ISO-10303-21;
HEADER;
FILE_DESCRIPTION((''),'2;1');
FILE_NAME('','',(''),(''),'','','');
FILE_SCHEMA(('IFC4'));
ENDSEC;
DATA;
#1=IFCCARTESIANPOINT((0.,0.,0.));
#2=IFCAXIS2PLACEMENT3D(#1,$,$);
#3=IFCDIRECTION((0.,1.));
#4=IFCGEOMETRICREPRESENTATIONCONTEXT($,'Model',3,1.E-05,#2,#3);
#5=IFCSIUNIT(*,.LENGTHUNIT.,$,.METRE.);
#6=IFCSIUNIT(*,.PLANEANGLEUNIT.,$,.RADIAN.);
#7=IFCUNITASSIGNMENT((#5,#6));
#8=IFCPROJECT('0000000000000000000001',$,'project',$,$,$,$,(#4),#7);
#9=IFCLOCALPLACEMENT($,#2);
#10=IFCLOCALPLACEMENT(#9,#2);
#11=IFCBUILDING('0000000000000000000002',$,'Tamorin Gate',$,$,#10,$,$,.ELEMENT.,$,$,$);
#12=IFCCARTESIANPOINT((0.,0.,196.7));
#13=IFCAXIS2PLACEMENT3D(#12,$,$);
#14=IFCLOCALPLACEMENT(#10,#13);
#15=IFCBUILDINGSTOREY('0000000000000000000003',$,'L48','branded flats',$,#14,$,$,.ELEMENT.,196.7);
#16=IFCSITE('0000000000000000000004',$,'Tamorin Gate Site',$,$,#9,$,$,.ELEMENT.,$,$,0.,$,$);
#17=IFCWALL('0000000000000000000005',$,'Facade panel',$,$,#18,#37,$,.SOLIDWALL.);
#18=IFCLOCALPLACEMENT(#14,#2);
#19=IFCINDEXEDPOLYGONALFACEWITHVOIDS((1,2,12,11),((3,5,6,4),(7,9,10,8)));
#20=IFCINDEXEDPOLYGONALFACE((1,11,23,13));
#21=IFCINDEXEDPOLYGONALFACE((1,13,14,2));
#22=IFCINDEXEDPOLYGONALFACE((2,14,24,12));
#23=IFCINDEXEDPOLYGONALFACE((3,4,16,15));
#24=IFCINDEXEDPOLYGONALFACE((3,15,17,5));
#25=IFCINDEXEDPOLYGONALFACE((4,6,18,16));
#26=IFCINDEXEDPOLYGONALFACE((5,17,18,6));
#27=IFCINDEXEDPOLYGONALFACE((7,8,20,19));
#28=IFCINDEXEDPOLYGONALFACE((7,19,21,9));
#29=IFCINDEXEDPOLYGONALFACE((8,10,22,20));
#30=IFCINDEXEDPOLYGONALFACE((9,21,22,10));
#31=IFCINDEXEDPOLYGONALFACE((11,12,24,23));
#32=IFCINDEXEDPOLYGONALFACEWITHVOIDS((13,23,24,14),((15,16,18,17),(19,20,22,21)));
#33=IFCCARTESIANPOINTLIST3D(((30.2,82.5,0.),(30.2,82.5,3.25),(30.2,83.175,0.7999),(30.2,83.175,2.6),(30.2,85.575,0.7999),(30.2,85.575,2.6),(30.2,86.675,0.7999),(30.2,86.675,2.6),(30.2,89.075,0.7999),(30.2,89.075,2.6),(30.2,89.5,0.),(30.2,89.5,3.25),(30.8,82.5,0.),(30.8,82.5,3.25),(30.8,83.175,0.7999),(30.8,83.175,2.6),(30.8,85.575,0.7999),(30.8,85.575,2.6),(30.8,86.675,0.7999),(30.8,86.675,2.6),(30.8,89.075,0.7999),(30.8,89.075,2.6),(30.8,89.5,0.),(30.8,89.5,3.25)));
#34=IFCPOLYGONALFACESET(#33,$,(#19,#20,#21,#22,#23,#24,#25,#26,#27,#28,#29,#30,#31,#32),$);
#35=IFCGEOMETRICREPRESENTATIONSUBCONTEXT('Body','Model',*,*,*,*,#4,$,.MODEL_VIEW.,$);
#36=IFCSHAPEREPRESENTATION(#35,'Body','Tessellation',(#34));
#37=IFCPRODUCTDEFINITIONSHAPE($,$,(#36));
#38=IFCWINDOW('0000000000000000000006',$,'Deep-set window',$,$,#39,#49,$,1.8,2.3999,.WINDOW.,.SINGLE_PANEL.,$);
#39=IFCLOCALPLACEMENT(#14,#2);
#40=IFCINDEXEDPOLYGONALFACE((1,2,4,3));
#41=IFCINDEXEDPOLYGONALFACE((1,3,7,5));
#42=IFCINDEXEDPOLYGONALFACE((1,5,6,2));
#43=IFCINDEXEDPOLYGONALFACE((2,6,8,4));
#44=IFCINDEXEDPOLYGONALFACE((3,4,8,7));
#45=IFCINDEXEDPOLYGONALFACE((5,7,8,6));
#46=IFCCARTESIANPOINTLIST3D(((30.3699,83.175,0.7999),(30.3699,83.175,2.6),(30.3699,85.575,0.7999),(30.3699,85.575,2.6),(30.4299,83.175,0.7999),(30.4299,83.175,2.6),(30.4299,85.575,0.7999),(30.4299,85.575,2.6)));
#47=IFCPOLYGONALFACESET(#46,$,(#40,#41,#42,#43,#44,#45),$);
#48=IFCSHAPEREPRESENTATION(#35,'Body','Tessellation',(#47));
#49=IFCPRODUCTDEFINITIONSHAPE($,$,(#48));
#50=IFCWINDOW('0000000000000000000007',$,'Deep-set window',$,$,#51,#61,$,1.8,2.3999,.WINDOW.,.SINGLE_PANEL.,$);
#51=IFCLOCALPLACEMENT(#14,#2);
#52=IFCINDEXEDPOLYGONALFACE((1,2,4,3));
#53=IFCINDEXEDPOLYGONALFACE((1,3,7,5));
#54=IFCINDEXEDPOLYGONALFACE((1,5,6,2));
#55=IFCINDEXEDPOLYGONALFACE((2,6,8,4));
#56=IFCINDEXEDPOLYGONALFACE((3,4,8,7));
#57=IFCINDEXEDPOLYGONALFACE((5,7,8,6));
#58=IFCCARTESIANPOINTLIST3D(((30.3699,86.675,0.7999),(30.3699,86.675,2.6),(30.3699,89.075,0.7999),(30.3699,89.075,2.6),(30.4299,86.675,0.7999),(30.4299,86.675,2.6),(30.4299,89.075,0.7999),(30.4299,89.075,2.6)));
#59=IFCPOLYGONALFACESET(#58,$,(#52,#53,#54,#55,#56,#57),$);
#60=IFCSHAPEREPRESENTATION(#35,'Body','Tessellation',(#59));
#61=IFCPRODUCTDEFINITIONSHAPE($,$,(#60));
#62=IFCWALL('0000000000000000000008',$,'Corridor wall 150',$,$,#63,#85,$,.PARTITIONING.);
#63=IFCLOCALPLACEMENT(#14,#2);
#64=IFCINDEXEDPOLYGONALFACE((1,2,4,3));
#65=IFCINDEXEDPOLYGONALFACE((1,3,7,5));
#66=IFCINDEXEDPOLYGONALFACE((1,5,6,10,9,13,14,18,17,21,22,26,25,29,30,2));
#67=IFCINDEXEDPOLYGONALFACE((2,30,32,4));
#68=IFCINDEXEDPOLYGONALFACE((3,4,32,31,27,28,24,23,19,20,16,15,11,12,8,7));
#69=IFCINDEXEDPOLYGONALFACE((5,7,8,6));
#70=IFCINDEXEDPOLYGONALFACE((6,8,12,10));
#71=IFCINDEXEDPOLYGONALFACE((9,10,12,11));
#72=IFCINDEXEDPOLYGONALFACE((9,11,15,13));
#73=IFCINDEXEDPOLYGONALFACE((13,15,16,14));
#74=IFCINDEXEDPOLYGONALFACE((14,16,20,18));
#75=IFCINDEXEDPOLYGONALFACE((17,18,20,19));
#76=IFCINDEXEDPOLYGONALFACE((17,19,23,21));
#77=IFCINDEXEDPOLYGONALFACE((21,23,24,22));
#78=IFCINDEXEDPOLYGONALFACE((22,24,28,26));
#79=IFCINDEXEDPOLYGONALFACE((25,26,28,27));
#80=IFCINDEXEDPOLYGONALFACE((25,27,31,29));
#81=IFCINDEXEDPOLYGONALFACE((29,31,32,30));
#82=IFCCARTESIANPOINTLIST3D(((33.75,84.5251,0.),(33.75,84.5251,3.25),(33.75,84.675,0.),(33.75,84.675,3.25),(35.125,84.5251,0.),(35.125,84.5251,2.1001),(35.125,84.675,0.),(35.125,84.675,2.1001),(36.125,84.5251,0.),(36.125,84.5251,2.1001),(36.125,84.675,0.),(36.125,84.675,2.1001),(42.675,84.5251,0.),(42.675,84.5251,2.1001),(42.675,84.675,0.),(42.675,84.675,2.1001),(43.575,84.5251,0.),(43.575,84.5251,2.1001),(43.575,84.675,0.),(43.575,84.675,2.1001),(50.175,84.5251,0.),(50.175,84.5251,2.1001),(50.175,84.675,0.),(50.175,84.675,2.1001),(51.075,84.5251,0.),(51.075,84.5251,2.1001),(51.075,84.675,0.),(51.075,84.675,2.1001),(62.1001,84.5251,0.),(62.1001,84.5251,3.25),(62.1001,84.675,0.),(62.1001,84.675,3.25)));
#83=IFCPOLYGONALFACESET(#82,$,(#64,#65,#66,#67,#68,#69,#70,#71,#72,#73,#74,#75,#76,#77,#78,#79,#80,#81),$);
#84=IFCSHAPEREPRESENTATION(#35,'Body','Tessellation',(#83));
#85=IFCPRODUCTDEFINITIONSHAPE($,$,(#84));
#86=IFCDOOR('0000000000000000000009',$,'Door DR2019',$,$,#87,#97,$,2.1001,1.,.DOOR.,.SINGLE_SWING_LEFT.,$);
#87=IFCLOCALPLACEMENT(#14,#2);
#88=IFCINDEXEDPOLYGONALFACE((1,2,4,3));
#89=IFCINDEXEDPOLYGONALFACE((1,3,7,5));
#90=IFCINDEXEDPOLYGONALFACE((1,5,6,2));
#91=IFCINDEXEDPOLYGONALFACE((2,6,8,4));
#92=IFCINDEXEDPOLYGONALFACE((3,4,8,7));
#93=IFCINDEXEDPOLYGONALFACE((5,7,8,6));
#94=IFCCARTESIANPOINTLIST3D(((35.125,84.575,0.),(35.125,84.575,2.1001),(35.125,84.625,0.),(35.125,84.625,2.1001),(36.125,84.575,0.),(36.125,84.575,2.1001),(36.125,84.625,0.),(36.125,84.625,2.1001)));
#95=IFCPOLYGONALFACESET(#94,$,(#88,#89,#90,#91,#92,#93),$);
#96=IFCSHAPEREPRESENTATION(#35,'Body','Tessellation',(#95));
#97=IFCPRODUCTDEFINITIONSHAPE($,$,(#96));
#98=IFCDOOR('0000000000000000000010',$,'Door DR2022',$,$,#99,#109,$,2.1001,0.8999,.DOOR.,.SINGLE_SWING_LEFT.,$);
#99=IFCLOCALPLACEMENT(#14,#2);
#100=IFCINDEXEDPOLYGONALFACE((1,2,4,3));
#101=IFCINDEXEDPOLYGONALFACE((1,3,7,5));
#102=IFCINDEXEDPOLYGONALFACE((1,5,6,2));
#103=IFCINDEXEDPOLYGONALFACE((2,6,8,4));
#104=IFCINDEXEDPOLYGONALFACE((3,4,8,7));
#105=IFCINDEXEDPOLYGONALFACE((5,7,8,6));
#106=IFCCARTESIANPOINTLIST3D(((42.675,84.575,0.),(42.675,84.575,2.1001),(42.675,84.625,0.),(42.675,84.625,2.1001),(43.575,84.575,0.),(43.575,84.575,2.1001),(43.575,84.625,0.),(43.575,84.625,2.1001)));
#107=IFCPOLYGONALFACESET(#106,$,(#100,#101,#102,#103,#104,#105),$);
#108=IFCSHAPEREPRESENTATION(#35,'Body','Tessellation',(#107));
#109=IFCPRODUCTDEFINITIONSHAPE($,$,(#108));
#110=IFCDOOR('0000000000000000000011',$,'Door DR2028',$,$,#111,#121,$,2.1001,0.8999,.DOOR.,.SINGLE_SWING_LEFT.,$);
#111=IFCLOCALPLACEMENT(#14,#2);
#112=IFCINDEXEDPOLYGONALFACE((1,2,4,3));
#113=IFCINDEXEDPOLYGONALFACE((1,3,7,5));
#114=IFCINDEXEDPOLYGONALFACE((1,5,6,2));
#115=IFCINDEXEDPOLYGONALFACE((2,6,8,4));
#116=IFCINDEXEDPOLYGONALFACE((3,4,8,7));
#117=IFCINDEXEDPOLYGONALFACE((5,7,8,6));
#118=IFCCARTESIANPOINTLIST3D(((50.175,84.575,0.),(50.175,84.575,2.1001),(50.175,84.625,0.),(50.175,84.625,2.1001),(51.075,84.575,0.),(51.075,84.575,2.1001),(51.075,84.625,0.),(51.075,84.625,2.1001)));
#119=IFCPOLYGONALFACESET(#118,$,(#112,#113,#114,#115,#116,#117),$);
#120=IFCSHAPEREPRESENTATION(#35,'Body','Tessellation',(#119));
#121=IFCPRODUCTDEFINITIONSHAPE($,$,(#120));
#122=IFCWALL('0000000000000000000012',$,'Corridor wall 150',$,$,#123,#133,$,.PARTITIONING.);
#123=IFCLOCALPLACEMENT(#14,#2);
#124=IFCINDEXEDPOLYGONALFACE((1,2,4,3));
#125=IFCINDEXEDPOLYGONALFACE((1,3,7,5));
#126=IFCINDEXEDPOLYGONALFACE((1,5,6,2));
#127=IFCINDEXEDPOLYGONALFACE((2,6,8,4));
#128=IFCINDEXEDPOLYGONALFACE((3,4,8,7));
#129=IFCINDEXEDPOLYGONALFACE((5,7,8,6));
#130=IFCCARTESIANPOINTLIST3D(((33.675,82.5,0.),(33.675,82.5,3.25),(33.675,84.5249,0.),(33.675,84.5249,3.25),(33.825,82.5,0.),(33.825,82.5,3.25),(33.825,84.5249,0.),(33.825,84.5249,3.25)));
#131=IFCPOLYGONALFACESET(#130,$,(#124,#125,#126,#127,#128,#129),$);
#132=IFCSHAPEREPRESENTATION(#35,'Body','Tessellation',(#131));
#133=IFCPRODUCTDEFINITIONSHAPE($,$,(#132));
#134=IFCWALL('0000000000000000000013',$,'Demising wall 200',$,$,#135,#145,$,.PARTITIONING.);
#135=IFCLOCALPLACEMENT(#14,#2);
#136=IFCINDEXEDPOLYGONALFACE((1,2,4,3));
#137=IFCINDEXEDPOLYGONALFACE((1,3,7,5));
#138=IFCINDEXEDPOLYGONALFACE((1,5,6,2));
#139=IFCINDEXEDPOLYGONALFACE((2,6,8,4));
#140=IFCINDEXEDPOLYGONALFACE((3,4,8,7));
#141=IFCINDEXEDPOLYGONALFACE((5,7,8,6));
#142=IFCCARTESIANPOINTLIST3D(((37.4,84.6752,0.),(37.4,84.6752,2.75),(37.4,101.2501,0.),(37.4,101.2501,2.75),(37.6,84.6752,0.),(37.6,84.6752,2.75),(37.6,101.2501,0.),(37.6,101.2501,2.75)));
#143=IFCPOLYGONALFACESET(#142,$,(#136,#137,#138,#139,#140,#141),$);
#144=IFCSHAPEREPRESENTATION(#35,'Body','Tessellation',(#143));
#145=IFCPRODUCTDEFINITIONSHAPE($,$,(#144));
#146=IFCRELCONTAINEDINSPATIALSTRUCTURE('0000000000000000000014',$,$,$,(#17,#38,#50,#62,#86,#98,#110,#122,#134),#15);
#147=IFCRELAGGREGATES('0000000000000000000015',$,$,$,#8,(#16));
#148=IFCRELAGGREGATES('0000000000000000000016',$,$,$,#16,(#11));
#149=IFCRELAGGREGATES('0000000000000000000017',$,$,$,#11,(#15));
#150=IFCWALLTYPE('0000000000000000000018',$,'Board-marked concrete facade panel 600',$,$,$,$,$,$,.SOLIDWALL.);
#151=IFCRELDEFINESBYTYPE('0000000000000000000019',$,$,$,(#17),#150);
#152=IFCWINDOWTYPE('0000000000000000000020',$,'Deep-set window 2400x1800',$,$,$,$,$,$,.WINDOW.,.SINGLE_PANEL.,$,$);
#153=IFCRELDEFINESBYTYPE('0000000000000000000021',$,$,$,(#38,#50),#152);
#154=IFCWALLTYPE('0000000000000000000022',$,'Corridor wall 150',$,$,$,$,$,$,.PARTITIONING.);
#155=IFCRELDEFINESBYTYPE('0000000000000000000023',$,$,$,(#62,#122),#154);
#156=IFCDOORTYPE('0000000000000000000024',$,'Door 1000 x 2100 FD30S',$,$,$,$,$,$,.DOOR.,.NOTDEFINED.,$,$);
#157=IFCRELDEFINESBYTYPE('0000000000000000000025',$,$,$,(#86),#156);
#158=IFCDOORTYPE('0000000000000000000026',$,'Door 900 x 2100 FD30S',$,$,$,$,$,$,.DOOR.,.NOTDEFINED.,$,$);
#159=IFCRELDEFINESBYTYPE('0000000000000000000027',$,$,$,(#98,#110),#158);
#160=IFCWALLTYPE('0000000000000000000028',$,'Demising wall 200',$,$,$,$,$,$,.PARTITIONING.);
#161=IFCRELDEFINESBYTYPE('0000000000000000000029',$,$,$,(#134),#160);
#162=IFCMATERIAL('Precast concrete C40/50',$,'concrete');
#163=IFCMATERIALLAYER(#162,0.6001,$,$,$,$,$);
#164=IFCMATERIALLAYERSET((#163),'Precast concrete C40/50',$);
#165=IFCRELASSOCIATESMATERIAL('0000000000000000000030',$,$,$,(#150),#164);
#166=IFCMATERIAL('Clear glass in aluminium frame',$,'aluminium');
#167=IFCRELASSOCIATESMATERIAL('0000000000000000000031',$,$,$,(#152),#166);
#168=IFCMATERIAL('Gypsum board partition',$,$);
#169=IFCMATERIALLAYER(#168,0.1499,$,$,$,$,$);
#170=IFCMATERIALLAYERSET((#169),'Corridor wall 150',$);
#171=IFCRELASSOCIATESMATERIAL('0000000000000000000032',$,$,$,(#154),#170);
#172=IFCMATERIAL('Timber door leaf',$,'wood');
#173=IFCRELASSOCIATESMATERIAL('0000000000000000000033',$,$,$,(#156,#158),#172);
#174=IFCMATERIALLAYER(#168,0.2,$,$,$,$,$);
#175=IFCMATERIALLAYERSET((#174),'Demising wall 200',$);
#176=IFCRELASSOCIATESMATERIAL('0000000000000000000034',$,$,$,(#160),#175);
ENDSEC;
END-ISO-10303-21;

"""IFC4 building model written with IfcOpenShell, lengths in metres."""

from ifc_helpers import new_model, si_unit, direction, frame, frame_2d, origin, place, context, subcontext, project, spatial, rectangle, extrude, material, layer, layer_set, type_object, element, fill, save


model = new_model("IFC4")

# Units and contexts
model_context = context("Model", 3, precision=1e-05, world=origin(), true_north=direction((0.0, 1.0)))
body_context = subcontext(model_context, "Body", "Model", "MODEL_VIEW")
ifc_project = project(units=[si_unit("LENGTHUNIT", "METRE"), si_unit("PLANEANGLEUNIT", "RADIAN")], contexts=[model_context])

# Site, building, storey
site_placement = place(None, origin())
site = spatial("IfcSite", under=ifc_project, at=site_placement, Name="Tamorin Gate Site", CompositionType="ELEMENT", RefElevation=0.0)
building_placement = place(site_placement, origin())
building = spatial("IfcBuilding", under=site, at=building_placement, Name="Tamorin Gate", CompositionType="ELEMENT")
storey_placement = place(building_placement, frame((0.0, 0.0, 196.7)))
storey = spatial("IfcBuildingStorey", under=building, at=storey_placement, Name="L48", Description="branded flats", CompositionType="ELEMENT", Elevation=196.7)

# Wall, openings, windows
ifc_material_1 = material(Name="Precast concrete C40/50", Category="concrete")
ifc_layer_1 = layer(ifc_material_1, 0.6001)
ifc_layer_set_1 = layer_set([ifc_layer_1], Name="Precast concrete C40/50")
wall_type_1 = type_object("IfcWallType", Name="Board-marked concrete facade panel 600", PredefinedType="SOLIDWALL", material=ifc_layer_set_1)
wall_1_placement = place(storey_placement, frame((30.5, 89.5, 0.0), z_axis=(0.0, 0.0, 1.0), x_axis=(0.0, -1.0, 0.0)))
wall_1 = element("IfcWall", 1, at=wall_1_placement, inside=storey, type_object=wall_type_1, Name="Facade panel", PredefinedType="SOLIDWALL", context=body_context, shape_type="SweptSolid", body=[
    extrude(rectangle(XDim=7.0, YDim=0.6001, at=frame_2d((3.5, 0.0))), origin(), (0.0, 0.0, 1.0), 3.25),
])
opening_1_placement = place(wall_1_placement, frame((3.925, 0.0, 0.8)))
opening_1 = element("IfcOpeningElement", 2, at=opening_1_placement, cuts=wall_1, PredefinedType="OPENING", context=body_context, shape_type="SweptSolid", body=[
    extrude(rectangle(XDim=2.3999, YDim=1.8, at=frame_2d((1.2, 0.8999))), frame((0.0, 0.3101, 0.0), z_axis=(0.0, -1.0, 0.0), x_axis=(1.0, 0.0, 0.0)), (0.0, 0.0, 1.0), 0.6201),
])
opening_2_placement = place(wall_1_placement, frame((0.425, 0.0, 0.8)))
opening_2 = element("IfcOpeningElement", 3, at=opening_2_placement, cuts=wall_1, PredefinedType="OPENING", context=body_context, shape_type="SweptSolid", body=[
    extrude(rectangle(XDim=2.3999, YDim=1.8, at=frame_2d((1.2, 0.8999))), frame((0.0, 0.3101, 0.0), z_axis=(0.0, -1.0, 0.0), x_axis=(1.0, 0.0, 0.0)), (0.0, 0.0, 1.0), 0.6201),
])
ifc_material_2 = material(Name="Clear glass in aluminium frame", Category="aluminium")
window_type = type_object("IfcWindowType", Name="Deep-set window 2400x1800", PartitioningType="SINGLE_PANEL", PredefinedType="WINDOW", material=ifc_material_2)
window_1_placement = place(opening_1_placement, origin())
window_1 = element("IfcWindow", 4, at=window_1_placement, inside=storey, type_object=window_type, Name="Deep-set window", OverallHeight=1.8, OverallWidth=2.3999, PartitioningType="SINGLE_PANEL", PredefinedType="WINDOW", context=body_context, shape_type="SweptSolid", body=[
    extrude(rectangle(XDim=2.3999, YDim=1.8, at=frame_2d((1.2, 0.8999))), frame((0.0, -0.0701, 0.0), z_axis=(0.0, -1.0, 0.0), x_axis=(1.0, 0.0, 0.0)), (0.0, 0.0, 1.0), 0.0601),
])
fill(opening_1, window_1)
window_2_placement = place(opening_2_placement, origin())
window_2 = element("IfcWindow", 5, at=window_2_placement, inside=storey, type_object=window_type, Name="Deep-set window", OverallHeight=1.8, OverallWidth=2.3999, PartitioningType="SINGLE_PANEL", PredefinedType="WINDOW", context=body_context, shape_type="SweptSolid", body=[
    extrude(rectangle(XDim=2.3999, YDim=1.8, at=frame_2d((1.2, 0.8999))), frame((0.0, -0.0701, 0.0), z_axis=(0.0, -1.0, 0.0), x_axis=(1.0, 0.0, 0.0)), (0.0, 0.0, 1.0), 0.0601),
])
fill(opening_2, window_2)

# Wall, openings, doors
ifc_material_3 = material(Name="Gypsum board partition")
ifc_layer_2 = layer(ifc_material_3, 0.1499)
ifc_layer_set_2 = layer_set([ifc_layer_2], Name="Corridor wall 150")
wall_type_2 = type_object("IfcWallType", Name="Corridor wall 150", PredefinedType="PARTITIONING", material=ifc_layer_set_2)
wall_2_placement = place(storey_placement, frame((33.75, 84.6001, 0.0), z_axis=(0.0, 0.0, 1.0), x_axis=(1.0, 0.0, 0.0)))
wall_2 = element("IfcWall", 6, at=wall_2_placement, inside=storey, type_object=wall_type_2, Name="Corridor wall 150", PredefinedType="PARTITIONING", context=body_context, shape_type="SweptSolid", body=[
    extrude(rectangle(XDim=28.3501, YDim=0.1499, at=frame_2d((14.175, 0.0))), origin(), (0.0, 0.0, 1.0), 3.25),
])
opening_3_placement = place(wall_2_placement, frame((1.375, 0.0, 0.0)))
opening_3 = element("IfcOpeningElement", 7, at=opening_3_placement, cuts=wall_2, PredefinedType="OPENING", context=body_context, shape_type="SweptSolid", body=[
    extrude(rectangle(XDim=1.0, YDim=2.1001, at=frame_2d((0.5, 1.05))), frame((0.0, 0.085, 0.0), z_axis=(0.0, -1.0, 0.0), x_axis=(1.0, 0.0, 0.0)), (0.0, 0.0, 1.0), 0.1699),
])
opening_4_placement = place(wall_2_placement, frame((8.925, 0.0, 0.0)))
opening_4 = element("IfcOpeningElement", 8, at=opening_4_placement, cuts=wall_2, PredefinedType="OPENING", context=body_context, shape_type="SweptSolid", body=[
    extrude(rectangle(XDim=0.8999, YDim=2.1001, at=frame_2d((0.45, 1.05))), frame((0.0, 0.085, 0.0), z_axis=(0.0, -1.0, 0.0), x_axis=(1.0, 0.0, 0.0)), (0.0, 0.0, 1.0), 0.1699),
])
opening_5_placement = place(wall_2_placement, frame((16.425, 0.0, 0.0)))
opening_5 = element("IfcOpeningElement", 9, at=opening_5_placement, cuts=wall_2, PredefinedType="OPENING", context=body_context, shape_type="SweptSolid", body=[
    extrude(rectangle(XDim=0.8999, YDim=2.1001, at=frame_2d((0.45, 1.05))), frame((0.0, 0.085, 0.0), z_axis=(0.0, -1.0, 0.0), x_axis=(1.0, 0.0, 0.0)), (0.0, 0.0, 1.0), 0.1699),
])
ifc_material_4 = material(Name="Timber door leaf", Category="wood")
door_type_1 = type_object("IfcDoorType", Name="Door 1000 x 2100 FD30S", OperationType="NOTDEFINED", PredefinedType="DOOR", material=ifc_material_4)
door_1_placement = place(opening_3_placement, origin())
door_1 = element("IfcDoor", 10, at=door_1_placement, inside=storey, type_object=door_type_1, Name="Door DR2019", OperationType="SINGLE_SWING_LEFT", OverallHeight=2.1001, OverallWidth=1.0, PredefinedType="DOOR", context=body_context, shape_type="SweptSolid", body=[
    extrude(rectangle(XDim=1.0, YDim=2.1001, at=frame_2d((0.5, 1.05))), frame((0.0, 0.0249, 0.0), z_axis=(0.0, -1.0, 0.0), x_axis=(1.0, 0.0, 0.0)), (0.0, 0.0, 1.0), 0.05),
])
fill(opening_3, door_1)
door_type_2 = type_object("IfcDoorType", Name="Door 900 x 2100 FD30S", OperationType="NOTDEFINED", PredefinedType="DOOR", material=ifc_material_4)
door_2_placement = place(opening_4_placement, origin())
door_2 = element("IfcDoor", 11, at=door_2_placement, inside=storey, type_object=door_type_2, Name="Door DR2022", OperationType="SINGLE_SWING_LEFT", OverallHeight=2.1001, OverallWidth=0.8999, PredefinedType="DOOR", context=body_context, shape_type="SweptSolid", body=[
    extrude(rectangle(XDim=0.8999, YDim=2.1001, at=frame_2d((0.45, 1.05))), frame((0.0, 0.0249, 0.0), z_axis=(0.0, -1.0, 0.0), x_axis=(1.0, 0.0, 0.0)), (0.0, 0.0, 1.0), 0.05),
])
fill(opening_4, door_2)
door_3_placement = place(opening_5_placement, origin())
door_3 = element("IfcDoor", 12, at=door_3_placement, inside=storey, type_object=door_type_2, Name="Door DR2028", OperationType="SINGLE_SWING_LEFT", OverallHeight=2.1001, OverallWidth=0.8999, PredefinedType="DOOR", context=body_context, shape_type="SweptSolid", body=[
    extrude(rectangle(XDim=0.8999, YDim=2.1001, at=frame_2d((0.45, 1.05))), frame((0.0, 0.0249, 0.0), z_axis=(0.0, -1.0, 0.0), x_axis=(1.0, 0.0, 0.0)), (0.0, 0.0, 1.0), 0.05),
])
fill(opening_5, door_3)

# Walls
wall_3_placement = place(storey_placement, frame((33.75, 82.5, 0.0), z_axis=(0.0, 0.0, 1.0), x_axis=(0.0, 1.0, 0.0)))
element("IfcWall", 13, at=wall_3_placement, inside=storey, type_object=wall_type_2, Name="Corridor wall 150", PredefinedType="PARTITIONING", context=body_context, shape_type="SweptSolid", body=[
    extrude(rectangle(XDim=2.0249, YDim=0.1499, at=frame_2d((1.0125, 0.0))), origin(), (0.0, 0.0, 1.0), 3.25),
])
ifc_layer_3 = layer(ifc_material_3, 0.2)
ifc_layer_set_3 = layer_set([ifc_layer_3], Name="Demising wall 200")
wall_type_3 = type_object("IfcWallType", Name="Demising wall 200", PredefinedType="PARTITIONING", material=ifc_layer_set_3)
wall_4_placement = place(storey_placement, frame((37.5, 84.675, 0.0), z_axis=(0.0, 0.0, 1.0), x_axis=(0.0, 1.0, 0.0)))
element("IfcWall", 14, at=wall_4_placement, inside=storey, type_object=wall_type_3, Name="Demising wall 200", PredefinedType="PARTITIONING", context=body_context, shape_type="SweptSolid", body=[
    extrude(rectangle(XDim=16.575, YDim=0.2, at=frame_2d((8.2876, 0.0))), origin(), (0.0, 0.0, 1.0), 2.75),
])

save(model, "model.ifc")
